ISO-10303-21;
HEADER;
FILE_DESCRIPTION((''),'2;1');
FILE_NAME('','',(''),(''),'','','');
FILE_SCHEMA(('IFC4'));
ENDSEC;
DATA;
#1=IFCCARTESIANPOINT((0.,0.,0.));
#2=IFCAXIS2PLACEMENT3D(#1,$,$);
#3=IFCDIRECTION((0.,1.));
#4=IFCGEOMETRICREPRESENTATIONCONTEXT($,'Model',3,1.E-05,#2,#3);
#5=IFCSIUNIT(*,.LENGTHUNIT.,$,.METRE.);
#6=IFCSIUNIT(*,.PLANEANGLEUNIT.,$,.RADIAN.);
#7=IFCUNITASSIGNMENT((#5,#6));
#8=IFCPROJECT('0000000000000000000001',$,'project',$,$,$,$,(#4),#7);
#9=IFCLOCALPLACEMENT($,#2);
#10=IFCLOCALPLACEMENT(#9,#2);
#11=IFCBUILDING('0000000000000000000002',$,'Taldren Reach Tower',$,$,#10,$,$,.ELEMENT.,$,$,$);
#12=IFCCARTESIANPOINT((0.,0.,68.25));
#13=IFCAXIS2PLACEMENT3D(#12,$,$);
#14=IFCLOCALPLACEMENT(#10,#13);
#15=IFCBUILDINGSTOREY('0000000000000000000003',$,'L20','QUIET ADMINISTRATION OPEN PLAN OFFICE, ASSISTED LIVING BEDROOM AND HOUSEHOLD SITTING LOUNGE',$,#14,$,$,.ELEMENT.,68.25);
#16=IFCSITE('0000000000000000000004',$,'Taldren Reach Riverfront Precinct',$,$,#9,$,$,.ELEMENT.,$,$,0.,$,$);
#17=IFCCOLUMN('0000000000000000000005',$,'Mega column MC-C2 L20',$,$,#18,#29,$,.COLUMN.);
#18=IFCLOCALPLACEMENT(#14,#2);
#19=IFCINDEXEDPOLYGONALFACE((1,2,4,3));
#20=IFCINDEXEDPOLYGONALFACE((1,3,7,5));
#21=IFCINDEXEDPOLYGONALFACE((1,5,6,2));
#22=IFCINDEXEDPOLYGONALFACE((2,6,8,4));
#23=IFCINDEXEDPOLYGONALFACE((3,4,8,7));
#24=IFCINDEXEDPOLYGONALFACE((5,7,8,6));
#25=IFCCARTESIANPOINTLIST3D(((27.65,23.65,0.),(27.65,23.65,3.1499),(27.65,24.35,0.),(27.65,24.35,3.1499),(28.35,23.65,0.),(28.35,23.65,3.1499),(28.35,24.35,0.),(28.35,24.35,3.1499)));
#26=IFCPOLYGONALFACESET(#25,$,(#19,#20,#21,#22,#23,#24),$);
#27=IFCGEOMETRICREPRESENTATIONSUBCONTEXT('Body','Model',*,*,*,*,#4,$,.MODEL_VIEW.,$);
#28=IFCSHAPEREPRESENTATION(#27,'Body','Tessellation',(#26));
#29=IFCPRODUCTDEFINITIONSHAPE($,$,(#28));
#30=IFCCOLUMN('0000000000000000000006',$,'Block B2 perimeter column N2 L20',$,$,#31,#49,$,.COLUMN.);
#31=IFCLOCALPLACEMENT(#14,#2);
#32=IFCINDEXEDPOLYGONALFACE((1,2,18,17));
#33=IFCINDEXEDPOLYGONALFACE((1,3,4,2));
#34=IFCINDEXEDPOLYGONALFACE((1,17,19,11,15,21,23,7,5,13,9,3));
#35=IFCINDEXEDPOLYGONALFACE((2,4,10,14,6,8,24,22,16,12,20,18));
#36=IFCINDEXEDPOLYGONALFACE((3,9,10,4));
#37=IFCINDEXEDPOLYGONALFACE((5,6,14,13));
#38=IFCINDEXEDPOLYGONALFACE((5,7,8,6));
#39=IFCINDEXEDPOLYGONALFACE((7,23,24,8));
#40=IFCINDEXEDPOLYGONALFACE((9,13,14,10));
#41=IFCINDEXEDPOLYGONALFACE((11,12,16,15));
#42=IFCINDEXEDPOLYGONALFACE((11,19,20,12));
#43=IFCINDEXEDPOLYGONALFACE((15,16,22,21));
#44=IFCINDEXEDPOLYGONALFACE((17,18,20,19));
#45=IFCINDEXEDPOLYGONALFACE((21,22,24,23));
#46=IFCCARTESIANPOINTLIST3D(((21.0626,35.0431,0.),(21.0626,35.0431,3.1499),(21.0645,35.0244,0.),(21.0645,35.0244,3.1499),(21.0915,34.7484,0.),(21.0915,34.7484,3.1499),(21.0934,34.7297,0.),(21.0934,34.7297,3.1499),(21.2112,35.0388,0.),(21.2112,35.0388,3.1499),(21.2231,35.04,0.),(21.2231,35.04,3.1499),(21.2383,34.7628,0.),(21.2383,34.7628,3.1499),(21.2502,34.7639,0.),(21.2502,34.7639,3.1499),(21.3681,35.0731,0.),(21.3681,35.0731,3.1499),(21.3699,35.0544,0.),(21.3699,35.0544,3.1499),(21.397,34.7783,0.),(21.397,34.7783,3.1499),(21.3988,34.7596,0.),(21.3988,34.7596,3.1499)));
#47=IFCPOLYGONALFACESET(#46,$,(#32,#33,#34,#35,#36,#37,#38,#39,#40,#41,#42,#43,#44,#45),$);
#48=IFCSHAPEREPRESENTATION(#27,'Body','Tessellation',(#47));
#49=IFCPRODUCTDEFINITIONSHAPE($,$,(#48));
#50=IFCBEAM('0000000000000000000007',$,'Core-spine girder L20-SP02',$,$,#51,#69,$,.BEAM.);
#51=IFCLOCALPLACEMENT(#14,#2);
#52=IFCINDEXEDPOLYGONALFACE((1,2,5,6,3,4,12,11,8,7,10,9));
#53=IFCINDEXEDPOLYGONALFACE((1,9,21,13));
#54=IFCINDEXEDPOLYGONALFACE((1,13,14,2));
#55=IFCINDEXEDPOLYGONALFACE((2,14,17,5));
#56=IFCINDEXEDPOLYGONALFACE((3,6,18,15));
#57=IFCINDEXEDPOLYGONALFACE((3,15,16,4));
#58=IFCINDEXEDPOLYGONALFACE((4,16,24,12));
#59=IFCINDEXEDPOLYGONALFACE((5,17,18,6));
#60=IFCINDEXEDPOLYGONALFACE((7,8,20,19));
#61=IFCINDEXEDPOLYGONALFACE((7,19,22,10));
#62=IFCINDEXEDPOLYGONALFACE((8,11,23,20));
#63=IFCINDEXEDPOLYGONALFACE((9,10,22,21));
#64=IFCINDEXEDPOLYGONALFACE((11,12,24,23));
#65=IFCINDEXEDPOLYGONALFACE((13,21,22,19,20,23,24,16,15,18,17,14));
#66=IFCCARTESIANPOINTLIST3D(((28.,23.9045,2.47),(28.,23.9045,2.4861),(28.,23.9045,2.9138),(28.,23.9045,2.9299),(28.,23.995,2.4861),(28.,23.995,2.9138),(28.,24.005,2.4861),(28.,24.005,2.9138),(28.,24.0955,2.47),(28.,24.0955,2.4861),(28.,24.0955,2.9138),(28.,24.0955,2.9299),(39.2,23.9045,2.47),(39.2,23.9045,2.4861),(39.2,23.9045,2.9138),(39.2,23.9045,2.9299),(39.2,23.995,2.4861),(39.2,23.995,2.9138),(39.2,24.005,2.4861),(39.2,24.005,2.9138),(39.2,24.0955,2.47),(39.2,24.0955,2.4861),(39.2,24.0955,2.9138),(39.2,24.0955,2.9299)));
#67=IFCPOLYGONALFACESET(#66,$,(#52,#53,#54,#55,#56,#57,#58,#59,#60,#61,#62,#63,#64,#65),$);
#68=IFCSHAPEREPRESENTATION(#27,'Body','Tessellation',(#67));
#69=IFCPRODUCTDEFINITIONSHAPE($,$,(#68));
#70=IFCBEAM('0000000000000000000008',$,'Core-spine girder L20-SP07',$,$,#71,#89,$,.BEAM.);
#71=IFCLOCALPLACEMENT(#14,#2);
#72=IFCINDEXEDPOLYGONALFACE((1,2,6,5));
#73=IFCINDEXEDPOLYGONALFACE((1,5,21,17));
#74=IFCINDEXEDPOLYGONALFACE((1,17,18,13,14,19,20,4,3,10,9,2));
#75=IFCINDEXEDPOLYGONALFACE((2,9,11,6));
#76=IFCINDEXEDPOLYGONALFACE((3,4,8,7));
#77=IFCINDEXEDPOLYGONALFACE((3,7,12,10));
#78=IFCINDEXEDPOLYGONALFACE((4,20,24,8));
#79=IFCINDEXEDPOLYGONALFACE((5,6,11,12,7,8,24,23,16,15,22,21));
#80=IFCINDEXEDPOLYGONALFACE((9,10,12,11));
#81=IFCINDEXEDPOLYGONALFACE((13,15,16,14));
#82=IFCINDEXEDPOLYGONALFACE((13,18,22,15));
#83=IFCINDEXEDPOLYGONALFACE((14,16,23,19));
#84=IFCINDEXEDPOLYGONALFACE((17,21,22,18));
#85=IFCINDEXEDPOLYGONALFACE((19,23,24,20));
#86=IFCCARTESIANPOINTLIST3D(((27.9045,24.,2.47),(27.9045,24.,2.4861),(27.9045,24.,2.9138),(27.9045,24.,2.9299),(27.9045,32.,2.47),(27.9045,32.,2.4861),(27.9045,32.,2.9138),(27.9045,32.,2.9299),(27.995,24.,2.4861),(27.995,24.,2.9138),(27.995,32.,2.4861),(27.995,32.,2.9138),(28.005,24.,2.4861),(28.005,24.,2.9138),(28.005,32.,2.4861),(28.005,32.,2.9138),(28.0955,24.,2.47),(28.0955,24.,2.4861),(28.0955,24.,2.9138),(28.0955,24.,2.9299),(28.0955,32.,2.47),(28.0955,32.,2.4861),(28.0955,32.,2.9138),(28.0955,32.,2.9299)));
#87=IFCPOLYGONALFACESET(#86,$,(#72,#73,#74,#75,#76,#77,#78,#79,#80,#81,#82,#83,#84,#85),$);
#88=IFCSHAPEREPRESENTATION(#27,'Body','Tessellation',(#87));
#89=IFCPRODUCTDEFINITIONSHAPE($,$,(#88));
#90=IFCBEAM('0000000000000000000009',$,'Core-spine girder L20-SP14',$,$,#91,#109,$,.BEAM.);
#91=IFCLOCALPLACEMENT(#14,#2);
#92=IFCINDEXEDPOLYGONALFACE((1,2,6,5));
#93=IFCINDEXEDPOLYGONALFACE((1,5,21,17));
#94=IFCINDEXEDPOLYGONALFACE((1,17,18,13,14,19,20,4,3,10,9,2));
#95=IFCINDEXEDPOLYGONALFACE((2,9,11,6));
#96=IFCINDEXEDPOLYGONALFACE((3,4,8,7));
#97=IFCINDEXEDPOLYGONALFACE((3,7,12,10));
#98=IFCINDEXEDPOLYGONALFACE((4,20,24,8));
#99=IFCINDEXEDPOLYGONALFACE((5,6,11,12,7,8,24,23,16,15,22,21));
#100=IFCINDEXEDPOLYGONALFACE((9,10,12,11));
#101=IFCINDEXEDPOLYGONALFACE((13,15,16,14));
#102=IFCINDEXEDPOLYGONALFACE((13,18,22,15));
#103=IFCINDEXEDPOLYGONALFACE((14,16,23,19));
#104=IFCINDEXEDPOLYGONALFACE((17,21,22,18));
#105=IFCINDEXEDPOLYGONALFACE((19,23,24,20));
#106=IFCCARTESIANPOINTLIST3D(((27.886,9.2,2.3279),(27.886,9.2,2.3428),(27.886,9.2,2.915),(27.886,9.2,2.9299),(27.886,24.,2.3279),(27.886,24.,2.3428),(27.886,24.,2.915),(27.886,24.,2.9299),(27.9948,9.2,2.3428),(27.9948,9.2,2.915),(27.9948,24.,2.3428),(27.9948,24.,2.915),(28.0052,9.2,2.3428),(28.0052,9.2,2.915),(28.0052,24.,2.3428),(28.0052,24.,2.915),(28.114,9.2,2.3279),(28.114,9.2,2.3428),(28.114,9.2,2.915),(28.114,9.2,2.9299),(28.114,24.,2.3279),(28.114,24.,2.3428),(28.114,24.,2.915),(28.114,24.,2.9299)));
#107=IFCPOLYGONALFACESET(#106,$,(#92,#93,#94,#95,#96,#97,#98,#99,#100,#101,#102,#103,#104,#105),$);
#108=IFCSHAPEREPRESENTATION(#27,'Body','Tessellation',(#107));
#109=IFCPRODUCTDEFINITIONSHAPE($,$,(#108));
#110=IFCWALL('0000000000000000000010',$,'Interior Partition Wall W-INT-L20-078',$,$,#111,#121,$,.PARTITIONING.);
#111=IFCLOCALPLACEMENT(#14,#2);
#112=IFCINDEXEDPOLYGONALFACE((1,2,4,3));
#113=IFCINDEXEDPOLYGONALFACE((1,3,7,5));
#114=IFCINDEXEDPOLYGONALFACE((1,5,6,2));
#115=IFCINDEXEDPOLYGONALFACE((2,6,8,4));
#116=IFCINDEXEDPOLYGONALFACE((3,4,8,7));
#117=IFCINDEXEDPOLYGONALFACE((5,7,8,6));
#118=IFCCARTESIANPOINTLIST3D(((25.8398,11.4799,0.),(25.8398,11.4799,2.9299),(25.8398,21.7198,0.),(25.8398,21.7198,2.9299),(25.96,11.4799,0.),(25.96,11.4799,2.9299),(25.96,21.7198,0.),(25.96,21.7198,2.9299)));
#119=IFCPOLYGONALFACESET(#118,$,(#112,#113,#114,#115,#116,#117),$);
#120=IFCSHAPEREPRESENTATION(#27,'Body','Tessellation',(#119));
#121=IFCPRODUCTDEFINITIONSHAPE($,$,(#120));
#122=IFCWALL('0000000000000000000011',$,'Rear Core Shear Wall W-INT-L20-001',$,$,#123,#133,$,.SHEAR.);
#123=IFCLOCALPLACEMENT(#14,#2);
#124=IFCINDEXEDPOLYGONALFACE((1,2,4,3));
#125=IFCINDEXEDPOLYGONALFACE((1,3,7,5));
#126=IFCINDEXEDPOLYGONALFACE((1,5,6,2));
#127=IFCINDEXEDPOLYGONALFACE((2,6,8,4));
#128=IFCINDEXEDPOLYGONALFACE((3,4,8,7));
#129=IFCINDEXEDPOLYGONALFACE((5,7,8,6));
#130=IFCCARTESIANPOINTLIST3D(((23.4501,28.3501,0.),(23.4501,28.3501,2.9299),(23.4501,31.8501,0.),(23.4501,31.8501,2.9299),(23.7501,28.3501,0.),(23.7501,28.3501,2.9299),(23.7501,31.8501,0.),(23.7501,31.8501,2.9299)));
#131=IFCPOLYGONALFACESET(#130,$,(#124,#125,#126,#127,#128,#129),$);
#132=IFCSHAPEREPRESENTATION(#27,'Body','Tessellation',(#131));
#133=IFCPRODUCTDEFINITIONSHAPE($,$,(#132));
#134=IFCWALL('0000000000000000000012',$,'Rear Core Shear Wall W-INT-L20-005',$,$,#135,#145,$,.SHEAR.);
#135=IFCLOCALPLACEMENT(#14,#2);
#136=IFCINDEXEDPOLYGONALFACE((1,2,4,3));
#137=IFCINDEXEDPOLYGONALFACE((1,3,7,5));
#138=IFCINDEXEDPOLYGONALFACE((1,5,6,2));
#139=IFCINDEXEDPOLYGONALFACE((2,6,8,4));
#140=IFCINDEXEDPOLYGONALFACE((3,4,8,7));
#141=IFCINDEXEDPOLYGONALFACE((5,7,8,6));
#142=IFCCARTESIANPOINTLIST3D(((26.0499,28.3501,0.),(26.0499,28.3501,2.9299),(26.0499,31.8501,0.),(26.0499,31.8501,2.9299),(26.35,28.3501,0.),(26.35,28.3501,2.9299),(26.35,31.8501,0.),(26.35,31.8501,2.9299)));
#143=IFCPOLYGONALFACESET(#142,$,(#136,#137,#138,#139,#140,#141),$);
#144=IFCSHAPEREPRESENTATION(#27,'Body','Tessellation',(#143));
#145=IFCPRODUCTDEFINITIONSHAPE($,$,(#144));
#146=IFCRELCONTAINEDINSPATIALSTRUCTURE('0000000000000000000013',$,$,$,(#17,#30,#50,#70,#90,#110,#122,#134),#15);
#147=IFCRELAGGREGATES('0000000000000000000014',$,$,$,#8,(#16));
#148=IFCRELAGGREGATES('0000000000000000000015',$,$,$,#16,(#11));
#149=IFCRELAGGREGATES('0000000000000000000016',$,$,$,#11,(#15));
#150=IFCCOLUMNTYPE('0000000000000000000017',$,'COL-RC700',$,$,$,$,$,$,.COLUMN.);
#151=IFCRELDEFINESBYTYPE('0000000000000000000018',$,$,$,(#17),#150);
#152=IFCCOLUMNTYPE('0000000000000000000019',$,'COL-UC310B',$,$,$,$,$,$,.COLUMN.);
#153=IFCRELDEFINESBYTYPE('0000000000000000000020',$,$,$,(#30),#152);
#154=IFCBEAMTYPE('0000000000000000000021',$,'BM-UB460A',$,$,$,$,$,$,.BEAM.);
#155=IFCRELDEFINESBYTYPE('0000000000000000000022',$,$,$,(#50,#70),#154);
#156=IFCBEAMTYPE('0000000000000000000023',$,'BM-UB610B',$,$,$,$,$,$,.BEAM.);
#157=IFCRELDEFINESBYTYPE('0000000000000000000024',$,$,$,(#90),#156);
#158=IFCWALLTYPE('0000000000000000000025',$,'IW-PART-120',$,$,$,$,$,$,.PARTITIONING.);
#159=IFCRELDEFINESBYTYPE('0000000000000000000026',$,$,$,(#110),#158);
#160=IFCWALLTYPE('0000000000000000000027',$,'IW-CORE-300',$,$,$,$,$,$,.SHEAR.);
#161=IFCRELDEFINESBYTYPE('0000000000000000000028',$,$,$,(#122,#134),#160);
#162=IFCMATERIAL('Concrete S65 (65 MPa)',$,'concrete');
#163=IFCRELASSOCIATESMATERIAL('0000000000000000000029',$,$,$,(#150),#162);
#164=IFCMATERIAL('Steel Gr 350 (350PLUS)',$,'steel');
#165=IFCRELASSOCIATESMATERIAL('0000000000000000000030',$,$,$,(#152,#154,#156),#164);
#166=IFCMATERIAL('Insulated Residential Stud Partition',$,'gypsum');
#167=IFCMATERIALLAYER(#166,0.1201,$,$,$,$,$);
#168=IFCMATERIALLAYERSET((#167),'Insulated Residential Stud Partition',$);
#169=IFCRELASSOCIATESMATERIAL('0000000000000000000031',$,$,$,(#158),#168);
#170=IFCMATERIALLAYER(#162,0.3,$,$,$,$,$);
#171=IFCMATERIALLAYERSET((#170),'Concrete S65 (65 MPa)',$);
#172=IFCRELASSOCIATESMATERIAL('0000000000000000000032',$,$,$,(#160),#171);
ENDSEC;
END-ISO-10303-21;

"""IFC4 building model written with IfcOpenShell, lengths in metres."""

from ifc_helpers import new_model, si_unit, direction, frame, frame_2d, origin, origin_2d, place, context, subcontext, project, spatial, rectangle, i_section, extrude, source, transform, mapped, material, layer, layer_set, material_profile, profile_set, type_object, element, save


model = new_model("IFC4")

# Units and contexts
model_context = context("Model", 3, precision=1e-05, world=origin(), true_north=direction((0.0, 1.0)))
body_context = subcontext(model_context, "Body", "Model", "MODEL_VIEW")
ifc_project = project(units=[si_unit("LENGTHUNIT", "METRE"), si_unit("PLANEANGLEUNIT", "RADIAN")], contexts=[model_context])

# Site, building, storey
site_placement = place(None, origin())
site = spatial("IfcSite", under=ifc_project, at=site_placement, Name="Taldren Reach Riverfront Precinct", CompositionType="ELEMENT", RefElevation=0.0)
building_placement = place(site_placement, origin())
building = spatial("IfcBuilding", under=site, at=building_placement, Name="Taldren Reach Tower", CompositionType="ELEMENT")
storey_placement = place(building_placement, frame((0.0, 0.0, 68.25)))
storey = spatial("IfcBuildingStorey", under=building, at=storey_placement, Name="L20", Description="QUIET ADMINISTRATION OPEN PLAN OFFICE, ASSISTED LIVING BEDROOM AND HOUSEHOLD SITTING LOUNGE", CompositionType="ELEMENT", Elevation=68.25)

# Columns
ifc_material_1 = material(Name="Concrete S65 (65 MPa)", Category="concrete")
ifc_material_profile_1 = material_profile(ifc_material_1, rectangle(XDim=0.7, YDim=0.7, at=origin_2d()), Name="RC-700x700")
ifc_profile_set_1 = profile_set([ifc_material_profile_1], Name="Concrete S65 (65 MPa)")
column_type_1 = type_object("IfcColumnType", Name="COL-RC700", PredefinedType="COLUMN", material=ifc_profile_set_1)
shared_shape_1 = source(origin(), body_context, "Body", "SweptSolid", [
    extrude(rectangle(XDim=0.7, YDim=0.7, at=origin_2d()), origin(), (0.0, 0.0, 1.0), 3.1499),
])
column_1_placement = place(storey_placement, frame((28.0, 24.0, 0.0), z_axis=(0.0, 0.0, 1.0), x_axis=(1.0, 0.0, 0.0)))
element("IfcColumn", 1, at=column_1_placement, inside=storey, type_object=column_type_1, Name="Mega column MC-C2 L20", PredefinedType="COLUMN", context=body_context, shape_type="MappedRepresentation", body=[
    mapped(shared_shape_1, transform((0.0, 0.0, 0.0), scale=1.0)),
])
ifc_material_2 = material(Name="Steel Gr 350 (350PLUS)", Category="steel")
ifc_material_profile_2 = material_profile(ifc_material_2, i_section(OverallWidth=0.3069, OverallDepth=0.3149, WebThickness=0.012, FlangeThickness=0.0188, at=origin_2d()), Name="310UC118")
ifc_profile_set_2 = profile_set([ifc_material_profile_2], Name="Steel Gr 350 (350PLUS)")
column_type_2 = type_object("IfcColumnType", Name="COL-UC310B", PredefinedType="COLUMN", material=ifc_profile_set_2)
shared_shape_2 = source(origin(), body_context, "Body", "SweptSolid", [
    extrude(i_section(OverallWidth=0.3069, OverallDepth=0.3149, WebThickness=0.012, FlangeThickness=0.0188, at=origin_2d()), origin(), (0.0, 0.0, 1.0), 3.1499),
])
column_2_placement = place(storey_placement, frame((21.2307, 34.9014, 0.0), z_axis=(0.0, 0.0, 1.0), x_axis=(0.995227, 0.097583, 0.0)))
element("IfcColumn", 2, at=column_2_placement, inside=storey, type_object=column_type_2, Name="Block B2 perimeter column N2 L20", PredefinedType="COLUMN", context=body_context, shape_type="MappedRepresentation", body=[
    mapped(shared_shape_2, transform((0.0, 0.0, 0.0), scale=1.0)),
])

# Beams
ifc_material_profile_3 = material_profile(ifc_material_2, i_section(OverallWidth=0.1909, OverallDepth=0.46, WebThickness=0.01, FlangeThickness=0.0161, at=origin_2d()), Name="460UB82.1")
ifc_profile_set_3 = profile_set([ifc_material_profile_3], Name="Steel Gr 350 (350PLUS)")
beam_type_1 = type_object("IfcBeamType", Name="BM-UB460A", PredefinedType="BEAM", material=ifc_profile_set_3)
shared_shape_3 = source(origin(), body_context, "Body", "SweptSolid", [
    extrude(i_section(OverallWidth=0.1909, OverallDepth=0.46, WebThickness=0.01, FlangeThickness=0.0161, at=origin_2d()), origin(), (0.0, 0.0, 1.0), 11.2),
])
beam_1_placement = place(storey_placement, frame((28.0, 24.0, 2.7), z_axis=(1.0, 0.0, 0.0), x_axis=(0.0, 1.0, 0.0)))
element("IfcBeam", 3, at=beam_1_placement, inside=storey, type_object=beam_type_1, Name="Core-spine girder L20-SP02", PredefinedType="BEAM", context=body_context, shape_type="MappedRepresentation", body=[
    mapped(shared_shape_3, transform((0.0, 0.0, 0.0), scale=1.0)),
])
shared_shape_4 = source(origin(), body_context, "Body", "SweptSolid", [
    extrude(i_section(OverallWidth=0.1909, OverallDepth=0.46, WebThickness=0.01, FlangeThickness=0.0161, at=origin_2d()), origin(), (0.0, 0.0, 1.0), 8.0),
])
beam_2_placement = place(storey_placement, frame((28.0, 24.0, 2.7), z_axis=(0.0, 1.0, 0.0), x_axis=(-1.0, 0.0, 0.0)))
element("IfcBeam", 4, at=beam_2_placement, inside=storey, type_object=beam_type_1, Name="Core-spine girder L20-SP07", PredefinedType="BEAM", context=body_context, shape_type="MappedRepresentation", body=[
    mapped(shared_shape_4, transform((0.0, 0.0, 0.0), scale=1.0)),
])
ifc_material_profile_4 = material_profile(ifc_material_2, i_section(OverallWidth=0.228, OverallDepth=0.6021, WebThickness=0.0105, FlangeThickness=0.0149, at=origin_2d()), Name="610UB101")
ifc_profile_set_4 = profile_set([ifc_material_profile_4], Name="Steel Gr 350 (350PLUS)")
beam_type_2 = type_object("IfcBeamType", Name="BM-UB610B", PredefinedType="BEAM", material=ifc_profile_set_4)
shared_shape_5 = source(origin(), body_context, "Body", "SweptSolid", [
    extrude(i_section(OverallWidth=0.228, OverallDepth=0.6021, WebThickness=0.0105, FlangeThickness=0.0149, at=origin_2d()), origin(), (0.0, 0.0, 1.0), 14.8),
])
beam_3_placement = place(storey_placement, frame((28.0, 24.0, 2.6289), z_axis=(0.0, -1.0, 0.0), x_axis=(1.0, 0.0, 0.0)))
element("IfcBeam", 5, at=beam_3_placement, inside=storey, type_object=beam_type_2, Name="Core-spine girder L20-SP14", PredefinedType="BEAM", context=body_context, shape_type="MappedRepresentation", body=[
    mapped(shared_shape_5, transform((0.0, 0.0, 0.0), scale=1.0)),
])

# Walls
ifc_material_3 = material(Name="Insulated Residential Stud Partition", Category="gypsum")
ifc_layer_1 = layer(ifc_material_3, 0.1201)
ifc_layer_set_1 = layer_set([ifc_layer_1], Name="Insulated Residential Stud Partition")
wall_type_1 = type_object("IfcWallType", Name="IW-PART-120", PredefinedType="PARTITIONING", material=ifc_layer_set_1)
shared_shape_6 = source(origin(), body_context, "Body", "SweptSolid", [
    extrude(rectangle(XDim=10.24, YDim=0.1201, at=frame_2d((5.1201, 0.0))), origin(), (0.0, 0.0, 1.0), 2.9299),
])
wall_1_placement = place(storey_placement, frame((25.8999, 21.72, 0.0), z_axis=(0.0, 0.0, 1.0), x_axis=(0.0, -1.0, 0.0)))
element("IfcWall", 6, at=wall_1_placement, inside=storey, type_object=wall_type_1, Name="Interior Partition Wall W-INT-L20-078", PredefinedType="PARTITIONING", context=body_context, shape_type="MappedRepresentation", body=[
    mapped(shared_shape_6, transform((0.0, 0.0, 0.0), scale=1.0)),
])
ifc_layer_2 = layer(ifc_material_1, 0.3)
ifc_layer_set_2 = layer_set([ifc_layer_2], Name="Concrete S65 (65 MPa)")
wall_type_2 = type_object("IfcWallType", Name="IW-CORE-300", PredefinedType="SHEAR", material=ifc_layer_set_2)
shared_shape_7 = source(origin(), body_context, "Body", "SweptSolid", [
    extrude(rectangle(XDim=3.5, YDim=0.3, at=frame_2d((1.75, 0.0))), origin(), (0.0, 0.0, 1.0), 2.9299),
])
for number, where, z_axis, x_axis, name in (
    (7, (23.6001, 28.3501, 0.0), (0.0, 0.0, 1.0), (0.0, 1.0, 0.0), "Rear Core Shear Wall W-INT-L20-001"),
    (8, (26.2, 28.3501, 0.0), (0.0, 0.0, 1.0), (0.0, 1.0, 0.0), "Rear Core Shear Wall W-INT-L20-005"),
):
    element("IfcWall", number, at=place(storey_placement, frame(where, z_axis=z_axis, x_axis=x_axis)), inside=storey, type_object=wall_type_2, Name=name, PredefinedType="SHEAR", context=body_context, shape_type="MappedRepresentation", body=[
        mapped(shared_shape_7, transform((0.0, 0.0, 0.0), scale=1.0)),
    ])

save(model, "model.ifc")
